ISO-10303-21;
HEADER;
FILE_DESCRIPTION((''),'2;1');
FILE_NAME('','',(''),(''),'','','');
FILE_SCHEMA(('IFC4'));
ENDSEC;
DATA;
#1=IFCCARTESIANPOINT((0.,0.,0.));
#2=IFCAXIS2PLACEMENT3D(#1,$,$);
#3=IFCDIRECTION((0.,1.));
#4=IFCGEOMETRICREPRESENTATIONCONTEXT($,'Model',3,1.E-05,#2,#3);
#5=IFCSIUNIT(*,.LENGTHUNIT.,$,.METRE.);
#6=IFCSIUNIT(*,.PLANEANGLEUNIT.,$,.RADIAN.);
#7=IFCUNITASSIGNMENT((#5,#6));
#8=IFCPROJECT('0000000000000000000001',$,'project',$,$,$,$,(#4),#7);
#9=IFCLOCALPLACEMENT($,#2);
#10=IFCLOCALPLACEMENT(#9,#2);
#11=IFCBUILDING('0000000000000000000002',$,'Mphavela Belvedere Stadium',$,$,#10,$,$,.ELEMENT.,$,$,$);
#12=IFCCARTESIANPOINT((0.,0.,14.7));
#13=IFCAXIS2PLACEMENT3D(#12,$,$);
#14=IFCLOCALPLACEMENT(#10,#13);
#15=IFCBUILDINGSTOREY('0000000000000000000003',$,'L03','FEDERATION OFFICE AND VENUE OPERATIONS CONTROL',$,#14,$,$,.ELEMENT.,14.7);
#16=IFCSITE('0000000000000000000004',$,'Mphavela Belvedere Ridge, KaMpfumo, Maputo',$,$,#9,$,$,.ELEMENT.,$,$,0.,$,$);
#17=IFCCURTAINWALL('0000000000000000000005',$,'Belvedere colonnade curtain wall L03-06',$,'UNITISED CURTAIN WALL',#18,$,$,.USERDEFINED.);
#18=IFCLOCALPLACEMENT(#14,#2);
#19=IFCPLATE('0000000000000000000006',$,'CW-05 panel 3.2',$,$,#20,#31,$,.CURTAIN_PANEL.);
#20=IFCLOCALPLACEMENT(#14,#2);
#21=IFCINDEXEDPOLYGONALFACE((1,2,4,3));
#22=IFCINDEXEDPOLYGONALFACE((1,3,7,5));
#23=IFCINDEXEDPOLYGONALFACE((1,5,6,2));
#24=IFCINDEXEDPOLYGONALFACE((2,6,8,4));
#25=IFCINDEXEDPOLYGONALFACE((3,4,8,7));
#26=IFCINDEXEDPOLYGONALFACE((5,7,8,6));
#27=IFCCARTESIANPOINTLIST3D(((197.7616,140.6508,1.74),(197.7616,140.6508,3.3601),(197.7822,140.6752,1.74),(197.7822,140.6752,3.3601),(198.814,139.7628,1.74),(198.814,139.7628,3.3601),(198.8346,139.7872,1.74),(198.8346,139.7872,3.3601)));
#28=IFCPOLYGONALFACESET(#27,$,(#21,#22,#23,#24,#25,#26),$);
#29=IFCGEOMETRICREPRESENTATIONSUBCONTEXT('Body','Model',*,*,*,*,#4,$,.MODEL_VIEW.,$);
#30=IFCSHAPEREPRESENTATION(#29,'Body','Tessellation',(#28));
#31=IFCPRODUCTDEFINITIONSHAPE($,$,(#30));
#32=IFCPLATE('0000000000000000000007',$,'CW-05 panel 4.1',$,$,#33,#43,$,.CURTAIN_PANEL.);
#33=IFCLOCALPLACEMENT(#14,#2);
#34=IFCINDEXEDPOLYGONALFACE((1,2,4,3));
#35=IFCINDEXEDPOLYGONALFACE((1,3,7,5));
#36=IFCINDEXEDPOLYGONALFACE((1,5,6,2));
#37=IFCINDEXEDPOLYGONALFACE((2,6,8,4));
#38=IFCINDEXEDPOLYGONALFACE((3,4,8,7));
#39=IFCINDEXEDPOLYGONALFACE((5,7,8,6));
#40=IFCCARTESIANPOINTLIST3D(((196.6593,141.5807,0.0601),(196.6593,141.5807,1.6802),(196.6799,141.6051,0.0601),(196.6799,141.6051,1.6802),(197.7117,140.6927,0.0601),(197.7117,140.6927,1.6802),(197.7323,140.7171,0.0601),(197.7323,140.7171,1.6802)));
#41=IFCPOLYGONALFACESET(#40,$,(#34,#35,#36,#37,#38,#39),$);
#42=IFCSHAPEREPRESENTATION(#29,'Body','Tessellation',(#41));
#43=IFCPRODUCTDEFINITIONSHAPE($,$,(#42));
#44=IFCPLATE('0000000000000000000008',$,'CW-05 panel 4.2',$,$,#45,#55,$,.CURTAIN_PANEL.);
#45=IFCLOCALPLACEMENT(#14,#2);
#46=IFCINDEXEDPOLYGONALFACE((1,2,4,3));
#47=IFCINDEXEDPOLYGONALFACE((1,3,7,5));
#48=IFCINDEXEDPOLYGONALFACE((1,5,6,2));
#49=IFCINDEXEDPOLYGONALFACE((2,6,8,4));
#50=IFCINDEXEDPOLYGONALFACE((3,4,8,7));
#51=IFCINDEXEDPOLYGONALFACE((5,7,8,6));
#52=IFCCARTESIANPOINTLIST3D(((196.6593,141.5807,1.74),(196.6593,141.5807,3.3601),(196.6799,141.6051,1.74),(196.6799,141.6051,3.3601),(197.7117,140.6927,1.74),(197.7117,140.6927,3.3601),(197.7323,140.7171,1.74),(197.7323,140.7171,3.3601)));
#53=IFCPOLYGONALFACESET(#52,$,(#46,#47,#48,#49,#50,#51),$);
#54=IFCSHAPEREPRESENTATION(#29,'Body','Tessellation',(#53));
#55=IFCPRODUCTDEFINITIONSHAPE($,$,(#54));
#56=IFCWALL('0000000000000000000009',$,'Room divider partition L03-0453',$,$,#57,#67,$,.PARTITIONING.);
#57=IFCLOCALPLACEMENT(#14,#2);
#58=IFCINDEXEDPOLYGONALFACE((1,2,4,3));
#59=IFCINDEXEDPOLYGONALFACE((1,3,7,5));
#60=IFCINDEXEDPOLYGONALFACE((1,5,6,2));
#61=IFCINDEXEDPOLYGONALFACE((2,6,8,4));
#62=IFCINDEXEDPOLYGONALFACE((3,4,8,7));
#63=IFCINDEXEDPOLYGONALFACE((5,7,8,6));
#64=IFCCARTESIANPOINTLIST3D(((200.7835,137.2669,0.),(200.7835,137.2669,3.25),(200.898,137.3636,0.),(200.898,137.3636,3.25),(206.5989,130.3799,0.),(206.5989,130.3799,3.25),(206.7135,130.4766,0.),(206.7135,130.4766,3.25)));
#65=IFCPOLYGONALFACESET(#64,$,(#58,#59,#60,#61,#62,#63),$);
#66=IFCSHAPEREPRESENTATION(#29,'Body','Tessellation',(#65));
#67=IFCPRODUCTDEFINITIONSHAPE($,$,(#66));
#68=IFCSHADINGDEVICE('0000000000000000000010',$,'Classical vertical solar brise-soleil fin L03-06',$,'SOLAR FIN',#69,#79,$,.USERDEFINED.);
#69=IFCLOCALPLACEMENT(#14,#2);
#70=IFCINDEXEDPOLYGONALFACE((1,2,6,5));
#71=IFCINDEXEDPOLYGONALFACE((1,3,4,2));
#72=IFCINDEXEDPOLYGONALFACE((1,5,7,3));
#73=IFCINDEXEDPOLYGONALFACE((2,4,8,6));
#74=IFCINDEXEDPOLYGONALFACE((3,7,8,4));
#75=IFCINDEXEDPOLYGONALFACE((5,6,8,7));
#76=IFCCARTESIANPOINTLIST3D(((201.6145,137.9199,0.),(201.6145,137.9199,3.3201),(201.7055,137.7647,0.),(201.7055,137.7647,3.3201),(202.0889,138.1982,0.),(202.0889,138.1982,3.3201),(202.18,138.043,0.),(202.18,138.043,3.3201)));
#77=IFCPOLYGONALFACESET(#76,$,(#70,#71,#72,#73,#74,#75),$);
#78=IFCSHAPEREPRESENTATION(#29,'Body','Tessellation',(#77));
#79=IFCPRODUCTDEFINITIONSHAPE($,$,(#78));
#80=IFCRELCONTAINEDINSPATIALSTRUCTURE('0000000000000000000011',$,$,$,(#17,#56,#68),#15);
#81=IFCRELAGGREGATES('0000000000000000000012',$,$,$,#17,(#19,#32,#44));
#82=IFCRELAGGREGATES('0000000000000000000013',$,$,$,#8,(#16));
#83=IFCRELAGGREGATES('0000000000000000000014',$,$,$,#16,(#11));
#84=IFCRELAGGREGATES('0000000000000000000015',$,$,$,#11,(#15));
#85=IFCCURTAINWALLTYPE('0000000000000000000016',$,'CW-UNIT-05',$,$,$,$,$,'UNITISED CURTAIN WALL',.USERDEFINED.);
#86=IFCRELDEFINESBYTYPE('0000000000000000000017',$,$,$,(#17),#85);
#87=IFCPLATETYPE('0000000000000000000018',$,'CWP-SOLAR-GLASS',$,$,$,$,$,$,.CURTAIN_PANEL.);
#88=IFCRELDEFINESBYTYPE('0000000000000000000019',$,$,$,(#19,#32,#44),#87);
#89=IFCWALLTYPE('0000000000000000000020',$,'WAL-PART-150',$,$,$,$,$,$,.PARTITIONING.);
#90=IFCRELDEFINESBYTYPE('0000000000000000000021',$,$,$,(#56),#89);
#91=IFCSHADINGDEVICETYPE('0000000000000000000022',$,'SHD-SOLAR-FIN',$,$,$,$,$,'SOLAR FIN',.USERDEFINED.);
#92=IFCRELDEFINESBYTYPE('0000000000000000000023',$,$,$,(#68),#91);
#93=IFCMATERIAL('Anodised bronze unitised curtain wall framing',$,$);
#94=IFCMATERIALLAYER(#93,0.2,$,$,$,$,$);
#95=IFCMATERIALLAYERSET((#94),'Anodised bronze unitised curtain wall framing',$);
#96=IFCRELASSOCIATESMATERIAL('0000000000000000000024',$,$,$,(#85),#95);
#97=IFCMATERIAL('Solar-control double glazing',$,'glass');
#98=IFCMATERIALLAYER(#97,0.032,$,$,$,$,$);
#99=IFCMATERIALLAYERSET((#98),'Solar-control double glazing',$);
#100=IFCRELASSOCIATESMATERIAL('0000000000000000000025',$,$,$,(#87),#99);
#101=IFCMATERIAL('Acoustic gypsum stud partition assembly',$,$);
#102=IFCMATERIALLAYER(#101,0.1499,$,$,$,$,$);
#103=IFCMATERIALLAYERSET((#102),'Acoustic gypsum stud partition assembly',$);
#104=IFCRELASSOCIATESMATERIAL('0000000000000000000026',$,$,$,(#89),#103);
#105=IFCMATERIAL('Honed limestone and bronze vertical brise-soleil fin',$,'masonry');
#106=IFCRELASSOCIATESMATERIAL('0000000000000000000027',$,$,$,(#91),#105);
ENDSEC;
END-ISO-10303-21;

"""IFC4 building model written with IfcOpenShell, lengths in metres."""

from ifc_helpers import new_model, si_unit, direction, frame, frame_2d, origin, origin_2d, place, context, subcontext, project, spatial, rectangle, extrude, material, layer, layer_set, type_object, element, aggregate, save


model = new_model("IFC4")

# Units and contexts
model_context = context("Model", 3, precision=1e-05, world=origin(), true_north=direction((0.0, 1.0)))
body_context = subcontext(model_context, "Body", "Model", "MODEL_VIEW")
ifc_project = project(units=[si_unit("LENGTHUNIT", "METRE"), si_unit("PLANEANGLEUNIT", "RADIAN")], contexts=[model_context])

# Site, building, storey
site_placement = place(None, origin())
site = spatial("IfcSite", under=ifc_project, at=site_placement, Name="Mphavela Belvedere Ridge, KaMpfumo, Maputo", CompositionType="ELEMENT", RefElevation=0.0)
building_placement = place(site_placement, origin())
building = spatial("IfcBuilding", under=site, at=building_placement, Name="Mphavela Belvedere Stadium", CompositionType="ELEMENT")
storey_placement = place(building_placement, frame((0.0, 0.0, 14.7)))
storey = spatial("IfcBuildingStorey", under=building, at=storey_placement, Name="L03", Description="FEDERATION OFFICE AND VENUE OPERATIONS CONTROL", CompositionType="ELEMENT", Elevation=14.7)

# Curtain wall
ifc_material_1 = material(Name="Anodised bronze unitised curtain wall framing")
ifc_layer_1 = layer(ifc_material_1, 0.2)
ifc_layer_set_1 = layer_set([ifc_layer_1], Name="Anodised bronze unitised curtain wall framing")
curtain_wall_type_1 = type_object("IfcCurtainWallType", Name="CW-UNIT-05", ElementType="UNITISED CURTAIN WALL", PredefinedType="USERDEFINED", material=ifc_layer_set_1)
curtain_wall_1_placement = place(storey_placement, origin())
curtain_wall_1 = element("IfcCurtainWall", 1, at=curtain_wall_1_placement, inside=storey, type_object=curtain_wall_type_1, Name="Belvedere colonnade curtain wall L03-06", ObjectType="UNITISED CURTAIN WALL", PredefinedType="USERDEFINED")

# Plates
ifc_material_2 = material(Name="Solar-control double glazing", Category="glass")
ifc_layer_2 = layer(ifc_material_2, 0.032)
ifc_layer_set_2 = layer_set([ifc_layer_2], Name="Solar-control double glazing")
plate_type = type_object("IfcPlateType", Name="CWP-SOLAR-GLASS", PredefinedType="CURTAIN_PANEL", material=ifc_layer_set_2)
plate_1_placement = place(storey_placement, frame((198.2981, 140.219, 1.74), z_axis=(0.0, 0.0, 1.0), x_axis=(-0.764263, 0.644905, 0.0)))
plate_1 = element("IfcPlate", 2, at=plate_1_placement, type_object=plate_type, Name="CW-05 panel 3.2", PredefinedType="CURTAIN_PANEL", context=body_context, shape_type="SweptSolid", body=[
    extrude(rectangle(XDim=1.377, YDim=0.032, at=origin_2d()), origin(), (0.0, 0.0, 1.0), 1.6201),
])
plate_2_placement = place(storey_placement, frame((197.1958, 141.1489, 0.0601), z_axis=(0.0, 0.0, 1.0), x_axis=(-0.764263, 0.644905, 0.0)))
plate_2 = element("IfcPlate", 3, at=plate_2_placement, type_object=plate_type, Name="CW-05 panel 4.1", PredefinedType="CURTAIN_PANEL", context=body_context, shape_type="SweptSolid", body=[
    extrude(rectangle(XDim=1.377, YDim=0.032, at=origin_2d()), origin(), (0.0, 0.0, 1.0), 1.6201),
])
plate_3_placement = place(storey_placement, frame((197.1958, 141.1489, 1.74), z_axis=(0.0, 0.0, 1.0), x_axis=(-0.764263, 0.644905, 0.0)))
plate_3 = element("IfcPlate", 4, at=plate_3_placement, type_object=plate_type, Name="CW-05 panel 4.2", PredefinedType="CURTAIN_PANEL", context=body_context, shape_type="SweptSolid", body=[
    extrude(rectangle(XDim=1.377, YDim=0.032, at=origin_2d()), origin(), (0.0, 0.0, 1.0), 1.6201),
])
aggregate(curtain_wall_1, [plate_1, plate_2, plate_3])

# Wall
ifc_material_3 = material(Name="Acoustic gypsum stud partition assembly")
ifc_layer_3 = layer(ifc_material_3, 0.1499)
ifc_layer_set_3 = layer_set([ifc_layer_3], Name="Acoustic gypsum stud partition assembly")
wall_type = type_object("IfcWallType", Name="WAL-PART-150", PredefinedType="PARTITIONING", material=ifc_layer_set_3)
wall_placement = place(storey_placement, frame((200.8408, 137.3152, 0.0), z_axis=(0.0, 0.0, 1.0), x_axis=(0.645166, -0.764042, 0.0)))
element("IfcWall", 5, at=wall_placement, inside=storey, type_object=wall_type, Name="Room divider partition L03-0453", PredefinedType="PARTITIONING", context=body_context, shape_type="SweptSolid", body=[
    extrude(rectangle(XDim=9.0139, YDim=0.1499, at=frame_2d((4.5068, 0.0))), origin(), (0.0, 0.0, 1.0), 3.25),
])

# Shading device
ifc_material_4 = material(Name="Honed limestone and bronze vertical brise-soleil fin", Category="masonry")
shading_device_type = type_object("IfcShadingDeviceType", Name="SHD-SOLAR-FIN", ElementType="SOLAR FIN", PredefinedType="USERDEFINED", material=ifc_material_4)
shading_device_placement = place(storey_placement, frame((201.8972, 137.9814, 0.0), z_axis=(0.0, 0.0, 1.0), x_axis=(0.862514, 0.506034, 0.0)))
element("IfcShadingDevice", 6, at=shading_device_placement, inside=storey, type_object=shading_device_type, Name="Classical vertical solar brise-soleil fin L03-06", ObjectType="SOLAR FIN", PredefinedType="USERDEFINED", context=body_context, shape_type="SweptSolid", body=[
    extrude(rectangle(XDim=0.55, YDim=0.1799, at=origin_2d()), origin(), (0.0, 0.0, 1.0), 3.3201),
])

save(model, "model.ifc")
